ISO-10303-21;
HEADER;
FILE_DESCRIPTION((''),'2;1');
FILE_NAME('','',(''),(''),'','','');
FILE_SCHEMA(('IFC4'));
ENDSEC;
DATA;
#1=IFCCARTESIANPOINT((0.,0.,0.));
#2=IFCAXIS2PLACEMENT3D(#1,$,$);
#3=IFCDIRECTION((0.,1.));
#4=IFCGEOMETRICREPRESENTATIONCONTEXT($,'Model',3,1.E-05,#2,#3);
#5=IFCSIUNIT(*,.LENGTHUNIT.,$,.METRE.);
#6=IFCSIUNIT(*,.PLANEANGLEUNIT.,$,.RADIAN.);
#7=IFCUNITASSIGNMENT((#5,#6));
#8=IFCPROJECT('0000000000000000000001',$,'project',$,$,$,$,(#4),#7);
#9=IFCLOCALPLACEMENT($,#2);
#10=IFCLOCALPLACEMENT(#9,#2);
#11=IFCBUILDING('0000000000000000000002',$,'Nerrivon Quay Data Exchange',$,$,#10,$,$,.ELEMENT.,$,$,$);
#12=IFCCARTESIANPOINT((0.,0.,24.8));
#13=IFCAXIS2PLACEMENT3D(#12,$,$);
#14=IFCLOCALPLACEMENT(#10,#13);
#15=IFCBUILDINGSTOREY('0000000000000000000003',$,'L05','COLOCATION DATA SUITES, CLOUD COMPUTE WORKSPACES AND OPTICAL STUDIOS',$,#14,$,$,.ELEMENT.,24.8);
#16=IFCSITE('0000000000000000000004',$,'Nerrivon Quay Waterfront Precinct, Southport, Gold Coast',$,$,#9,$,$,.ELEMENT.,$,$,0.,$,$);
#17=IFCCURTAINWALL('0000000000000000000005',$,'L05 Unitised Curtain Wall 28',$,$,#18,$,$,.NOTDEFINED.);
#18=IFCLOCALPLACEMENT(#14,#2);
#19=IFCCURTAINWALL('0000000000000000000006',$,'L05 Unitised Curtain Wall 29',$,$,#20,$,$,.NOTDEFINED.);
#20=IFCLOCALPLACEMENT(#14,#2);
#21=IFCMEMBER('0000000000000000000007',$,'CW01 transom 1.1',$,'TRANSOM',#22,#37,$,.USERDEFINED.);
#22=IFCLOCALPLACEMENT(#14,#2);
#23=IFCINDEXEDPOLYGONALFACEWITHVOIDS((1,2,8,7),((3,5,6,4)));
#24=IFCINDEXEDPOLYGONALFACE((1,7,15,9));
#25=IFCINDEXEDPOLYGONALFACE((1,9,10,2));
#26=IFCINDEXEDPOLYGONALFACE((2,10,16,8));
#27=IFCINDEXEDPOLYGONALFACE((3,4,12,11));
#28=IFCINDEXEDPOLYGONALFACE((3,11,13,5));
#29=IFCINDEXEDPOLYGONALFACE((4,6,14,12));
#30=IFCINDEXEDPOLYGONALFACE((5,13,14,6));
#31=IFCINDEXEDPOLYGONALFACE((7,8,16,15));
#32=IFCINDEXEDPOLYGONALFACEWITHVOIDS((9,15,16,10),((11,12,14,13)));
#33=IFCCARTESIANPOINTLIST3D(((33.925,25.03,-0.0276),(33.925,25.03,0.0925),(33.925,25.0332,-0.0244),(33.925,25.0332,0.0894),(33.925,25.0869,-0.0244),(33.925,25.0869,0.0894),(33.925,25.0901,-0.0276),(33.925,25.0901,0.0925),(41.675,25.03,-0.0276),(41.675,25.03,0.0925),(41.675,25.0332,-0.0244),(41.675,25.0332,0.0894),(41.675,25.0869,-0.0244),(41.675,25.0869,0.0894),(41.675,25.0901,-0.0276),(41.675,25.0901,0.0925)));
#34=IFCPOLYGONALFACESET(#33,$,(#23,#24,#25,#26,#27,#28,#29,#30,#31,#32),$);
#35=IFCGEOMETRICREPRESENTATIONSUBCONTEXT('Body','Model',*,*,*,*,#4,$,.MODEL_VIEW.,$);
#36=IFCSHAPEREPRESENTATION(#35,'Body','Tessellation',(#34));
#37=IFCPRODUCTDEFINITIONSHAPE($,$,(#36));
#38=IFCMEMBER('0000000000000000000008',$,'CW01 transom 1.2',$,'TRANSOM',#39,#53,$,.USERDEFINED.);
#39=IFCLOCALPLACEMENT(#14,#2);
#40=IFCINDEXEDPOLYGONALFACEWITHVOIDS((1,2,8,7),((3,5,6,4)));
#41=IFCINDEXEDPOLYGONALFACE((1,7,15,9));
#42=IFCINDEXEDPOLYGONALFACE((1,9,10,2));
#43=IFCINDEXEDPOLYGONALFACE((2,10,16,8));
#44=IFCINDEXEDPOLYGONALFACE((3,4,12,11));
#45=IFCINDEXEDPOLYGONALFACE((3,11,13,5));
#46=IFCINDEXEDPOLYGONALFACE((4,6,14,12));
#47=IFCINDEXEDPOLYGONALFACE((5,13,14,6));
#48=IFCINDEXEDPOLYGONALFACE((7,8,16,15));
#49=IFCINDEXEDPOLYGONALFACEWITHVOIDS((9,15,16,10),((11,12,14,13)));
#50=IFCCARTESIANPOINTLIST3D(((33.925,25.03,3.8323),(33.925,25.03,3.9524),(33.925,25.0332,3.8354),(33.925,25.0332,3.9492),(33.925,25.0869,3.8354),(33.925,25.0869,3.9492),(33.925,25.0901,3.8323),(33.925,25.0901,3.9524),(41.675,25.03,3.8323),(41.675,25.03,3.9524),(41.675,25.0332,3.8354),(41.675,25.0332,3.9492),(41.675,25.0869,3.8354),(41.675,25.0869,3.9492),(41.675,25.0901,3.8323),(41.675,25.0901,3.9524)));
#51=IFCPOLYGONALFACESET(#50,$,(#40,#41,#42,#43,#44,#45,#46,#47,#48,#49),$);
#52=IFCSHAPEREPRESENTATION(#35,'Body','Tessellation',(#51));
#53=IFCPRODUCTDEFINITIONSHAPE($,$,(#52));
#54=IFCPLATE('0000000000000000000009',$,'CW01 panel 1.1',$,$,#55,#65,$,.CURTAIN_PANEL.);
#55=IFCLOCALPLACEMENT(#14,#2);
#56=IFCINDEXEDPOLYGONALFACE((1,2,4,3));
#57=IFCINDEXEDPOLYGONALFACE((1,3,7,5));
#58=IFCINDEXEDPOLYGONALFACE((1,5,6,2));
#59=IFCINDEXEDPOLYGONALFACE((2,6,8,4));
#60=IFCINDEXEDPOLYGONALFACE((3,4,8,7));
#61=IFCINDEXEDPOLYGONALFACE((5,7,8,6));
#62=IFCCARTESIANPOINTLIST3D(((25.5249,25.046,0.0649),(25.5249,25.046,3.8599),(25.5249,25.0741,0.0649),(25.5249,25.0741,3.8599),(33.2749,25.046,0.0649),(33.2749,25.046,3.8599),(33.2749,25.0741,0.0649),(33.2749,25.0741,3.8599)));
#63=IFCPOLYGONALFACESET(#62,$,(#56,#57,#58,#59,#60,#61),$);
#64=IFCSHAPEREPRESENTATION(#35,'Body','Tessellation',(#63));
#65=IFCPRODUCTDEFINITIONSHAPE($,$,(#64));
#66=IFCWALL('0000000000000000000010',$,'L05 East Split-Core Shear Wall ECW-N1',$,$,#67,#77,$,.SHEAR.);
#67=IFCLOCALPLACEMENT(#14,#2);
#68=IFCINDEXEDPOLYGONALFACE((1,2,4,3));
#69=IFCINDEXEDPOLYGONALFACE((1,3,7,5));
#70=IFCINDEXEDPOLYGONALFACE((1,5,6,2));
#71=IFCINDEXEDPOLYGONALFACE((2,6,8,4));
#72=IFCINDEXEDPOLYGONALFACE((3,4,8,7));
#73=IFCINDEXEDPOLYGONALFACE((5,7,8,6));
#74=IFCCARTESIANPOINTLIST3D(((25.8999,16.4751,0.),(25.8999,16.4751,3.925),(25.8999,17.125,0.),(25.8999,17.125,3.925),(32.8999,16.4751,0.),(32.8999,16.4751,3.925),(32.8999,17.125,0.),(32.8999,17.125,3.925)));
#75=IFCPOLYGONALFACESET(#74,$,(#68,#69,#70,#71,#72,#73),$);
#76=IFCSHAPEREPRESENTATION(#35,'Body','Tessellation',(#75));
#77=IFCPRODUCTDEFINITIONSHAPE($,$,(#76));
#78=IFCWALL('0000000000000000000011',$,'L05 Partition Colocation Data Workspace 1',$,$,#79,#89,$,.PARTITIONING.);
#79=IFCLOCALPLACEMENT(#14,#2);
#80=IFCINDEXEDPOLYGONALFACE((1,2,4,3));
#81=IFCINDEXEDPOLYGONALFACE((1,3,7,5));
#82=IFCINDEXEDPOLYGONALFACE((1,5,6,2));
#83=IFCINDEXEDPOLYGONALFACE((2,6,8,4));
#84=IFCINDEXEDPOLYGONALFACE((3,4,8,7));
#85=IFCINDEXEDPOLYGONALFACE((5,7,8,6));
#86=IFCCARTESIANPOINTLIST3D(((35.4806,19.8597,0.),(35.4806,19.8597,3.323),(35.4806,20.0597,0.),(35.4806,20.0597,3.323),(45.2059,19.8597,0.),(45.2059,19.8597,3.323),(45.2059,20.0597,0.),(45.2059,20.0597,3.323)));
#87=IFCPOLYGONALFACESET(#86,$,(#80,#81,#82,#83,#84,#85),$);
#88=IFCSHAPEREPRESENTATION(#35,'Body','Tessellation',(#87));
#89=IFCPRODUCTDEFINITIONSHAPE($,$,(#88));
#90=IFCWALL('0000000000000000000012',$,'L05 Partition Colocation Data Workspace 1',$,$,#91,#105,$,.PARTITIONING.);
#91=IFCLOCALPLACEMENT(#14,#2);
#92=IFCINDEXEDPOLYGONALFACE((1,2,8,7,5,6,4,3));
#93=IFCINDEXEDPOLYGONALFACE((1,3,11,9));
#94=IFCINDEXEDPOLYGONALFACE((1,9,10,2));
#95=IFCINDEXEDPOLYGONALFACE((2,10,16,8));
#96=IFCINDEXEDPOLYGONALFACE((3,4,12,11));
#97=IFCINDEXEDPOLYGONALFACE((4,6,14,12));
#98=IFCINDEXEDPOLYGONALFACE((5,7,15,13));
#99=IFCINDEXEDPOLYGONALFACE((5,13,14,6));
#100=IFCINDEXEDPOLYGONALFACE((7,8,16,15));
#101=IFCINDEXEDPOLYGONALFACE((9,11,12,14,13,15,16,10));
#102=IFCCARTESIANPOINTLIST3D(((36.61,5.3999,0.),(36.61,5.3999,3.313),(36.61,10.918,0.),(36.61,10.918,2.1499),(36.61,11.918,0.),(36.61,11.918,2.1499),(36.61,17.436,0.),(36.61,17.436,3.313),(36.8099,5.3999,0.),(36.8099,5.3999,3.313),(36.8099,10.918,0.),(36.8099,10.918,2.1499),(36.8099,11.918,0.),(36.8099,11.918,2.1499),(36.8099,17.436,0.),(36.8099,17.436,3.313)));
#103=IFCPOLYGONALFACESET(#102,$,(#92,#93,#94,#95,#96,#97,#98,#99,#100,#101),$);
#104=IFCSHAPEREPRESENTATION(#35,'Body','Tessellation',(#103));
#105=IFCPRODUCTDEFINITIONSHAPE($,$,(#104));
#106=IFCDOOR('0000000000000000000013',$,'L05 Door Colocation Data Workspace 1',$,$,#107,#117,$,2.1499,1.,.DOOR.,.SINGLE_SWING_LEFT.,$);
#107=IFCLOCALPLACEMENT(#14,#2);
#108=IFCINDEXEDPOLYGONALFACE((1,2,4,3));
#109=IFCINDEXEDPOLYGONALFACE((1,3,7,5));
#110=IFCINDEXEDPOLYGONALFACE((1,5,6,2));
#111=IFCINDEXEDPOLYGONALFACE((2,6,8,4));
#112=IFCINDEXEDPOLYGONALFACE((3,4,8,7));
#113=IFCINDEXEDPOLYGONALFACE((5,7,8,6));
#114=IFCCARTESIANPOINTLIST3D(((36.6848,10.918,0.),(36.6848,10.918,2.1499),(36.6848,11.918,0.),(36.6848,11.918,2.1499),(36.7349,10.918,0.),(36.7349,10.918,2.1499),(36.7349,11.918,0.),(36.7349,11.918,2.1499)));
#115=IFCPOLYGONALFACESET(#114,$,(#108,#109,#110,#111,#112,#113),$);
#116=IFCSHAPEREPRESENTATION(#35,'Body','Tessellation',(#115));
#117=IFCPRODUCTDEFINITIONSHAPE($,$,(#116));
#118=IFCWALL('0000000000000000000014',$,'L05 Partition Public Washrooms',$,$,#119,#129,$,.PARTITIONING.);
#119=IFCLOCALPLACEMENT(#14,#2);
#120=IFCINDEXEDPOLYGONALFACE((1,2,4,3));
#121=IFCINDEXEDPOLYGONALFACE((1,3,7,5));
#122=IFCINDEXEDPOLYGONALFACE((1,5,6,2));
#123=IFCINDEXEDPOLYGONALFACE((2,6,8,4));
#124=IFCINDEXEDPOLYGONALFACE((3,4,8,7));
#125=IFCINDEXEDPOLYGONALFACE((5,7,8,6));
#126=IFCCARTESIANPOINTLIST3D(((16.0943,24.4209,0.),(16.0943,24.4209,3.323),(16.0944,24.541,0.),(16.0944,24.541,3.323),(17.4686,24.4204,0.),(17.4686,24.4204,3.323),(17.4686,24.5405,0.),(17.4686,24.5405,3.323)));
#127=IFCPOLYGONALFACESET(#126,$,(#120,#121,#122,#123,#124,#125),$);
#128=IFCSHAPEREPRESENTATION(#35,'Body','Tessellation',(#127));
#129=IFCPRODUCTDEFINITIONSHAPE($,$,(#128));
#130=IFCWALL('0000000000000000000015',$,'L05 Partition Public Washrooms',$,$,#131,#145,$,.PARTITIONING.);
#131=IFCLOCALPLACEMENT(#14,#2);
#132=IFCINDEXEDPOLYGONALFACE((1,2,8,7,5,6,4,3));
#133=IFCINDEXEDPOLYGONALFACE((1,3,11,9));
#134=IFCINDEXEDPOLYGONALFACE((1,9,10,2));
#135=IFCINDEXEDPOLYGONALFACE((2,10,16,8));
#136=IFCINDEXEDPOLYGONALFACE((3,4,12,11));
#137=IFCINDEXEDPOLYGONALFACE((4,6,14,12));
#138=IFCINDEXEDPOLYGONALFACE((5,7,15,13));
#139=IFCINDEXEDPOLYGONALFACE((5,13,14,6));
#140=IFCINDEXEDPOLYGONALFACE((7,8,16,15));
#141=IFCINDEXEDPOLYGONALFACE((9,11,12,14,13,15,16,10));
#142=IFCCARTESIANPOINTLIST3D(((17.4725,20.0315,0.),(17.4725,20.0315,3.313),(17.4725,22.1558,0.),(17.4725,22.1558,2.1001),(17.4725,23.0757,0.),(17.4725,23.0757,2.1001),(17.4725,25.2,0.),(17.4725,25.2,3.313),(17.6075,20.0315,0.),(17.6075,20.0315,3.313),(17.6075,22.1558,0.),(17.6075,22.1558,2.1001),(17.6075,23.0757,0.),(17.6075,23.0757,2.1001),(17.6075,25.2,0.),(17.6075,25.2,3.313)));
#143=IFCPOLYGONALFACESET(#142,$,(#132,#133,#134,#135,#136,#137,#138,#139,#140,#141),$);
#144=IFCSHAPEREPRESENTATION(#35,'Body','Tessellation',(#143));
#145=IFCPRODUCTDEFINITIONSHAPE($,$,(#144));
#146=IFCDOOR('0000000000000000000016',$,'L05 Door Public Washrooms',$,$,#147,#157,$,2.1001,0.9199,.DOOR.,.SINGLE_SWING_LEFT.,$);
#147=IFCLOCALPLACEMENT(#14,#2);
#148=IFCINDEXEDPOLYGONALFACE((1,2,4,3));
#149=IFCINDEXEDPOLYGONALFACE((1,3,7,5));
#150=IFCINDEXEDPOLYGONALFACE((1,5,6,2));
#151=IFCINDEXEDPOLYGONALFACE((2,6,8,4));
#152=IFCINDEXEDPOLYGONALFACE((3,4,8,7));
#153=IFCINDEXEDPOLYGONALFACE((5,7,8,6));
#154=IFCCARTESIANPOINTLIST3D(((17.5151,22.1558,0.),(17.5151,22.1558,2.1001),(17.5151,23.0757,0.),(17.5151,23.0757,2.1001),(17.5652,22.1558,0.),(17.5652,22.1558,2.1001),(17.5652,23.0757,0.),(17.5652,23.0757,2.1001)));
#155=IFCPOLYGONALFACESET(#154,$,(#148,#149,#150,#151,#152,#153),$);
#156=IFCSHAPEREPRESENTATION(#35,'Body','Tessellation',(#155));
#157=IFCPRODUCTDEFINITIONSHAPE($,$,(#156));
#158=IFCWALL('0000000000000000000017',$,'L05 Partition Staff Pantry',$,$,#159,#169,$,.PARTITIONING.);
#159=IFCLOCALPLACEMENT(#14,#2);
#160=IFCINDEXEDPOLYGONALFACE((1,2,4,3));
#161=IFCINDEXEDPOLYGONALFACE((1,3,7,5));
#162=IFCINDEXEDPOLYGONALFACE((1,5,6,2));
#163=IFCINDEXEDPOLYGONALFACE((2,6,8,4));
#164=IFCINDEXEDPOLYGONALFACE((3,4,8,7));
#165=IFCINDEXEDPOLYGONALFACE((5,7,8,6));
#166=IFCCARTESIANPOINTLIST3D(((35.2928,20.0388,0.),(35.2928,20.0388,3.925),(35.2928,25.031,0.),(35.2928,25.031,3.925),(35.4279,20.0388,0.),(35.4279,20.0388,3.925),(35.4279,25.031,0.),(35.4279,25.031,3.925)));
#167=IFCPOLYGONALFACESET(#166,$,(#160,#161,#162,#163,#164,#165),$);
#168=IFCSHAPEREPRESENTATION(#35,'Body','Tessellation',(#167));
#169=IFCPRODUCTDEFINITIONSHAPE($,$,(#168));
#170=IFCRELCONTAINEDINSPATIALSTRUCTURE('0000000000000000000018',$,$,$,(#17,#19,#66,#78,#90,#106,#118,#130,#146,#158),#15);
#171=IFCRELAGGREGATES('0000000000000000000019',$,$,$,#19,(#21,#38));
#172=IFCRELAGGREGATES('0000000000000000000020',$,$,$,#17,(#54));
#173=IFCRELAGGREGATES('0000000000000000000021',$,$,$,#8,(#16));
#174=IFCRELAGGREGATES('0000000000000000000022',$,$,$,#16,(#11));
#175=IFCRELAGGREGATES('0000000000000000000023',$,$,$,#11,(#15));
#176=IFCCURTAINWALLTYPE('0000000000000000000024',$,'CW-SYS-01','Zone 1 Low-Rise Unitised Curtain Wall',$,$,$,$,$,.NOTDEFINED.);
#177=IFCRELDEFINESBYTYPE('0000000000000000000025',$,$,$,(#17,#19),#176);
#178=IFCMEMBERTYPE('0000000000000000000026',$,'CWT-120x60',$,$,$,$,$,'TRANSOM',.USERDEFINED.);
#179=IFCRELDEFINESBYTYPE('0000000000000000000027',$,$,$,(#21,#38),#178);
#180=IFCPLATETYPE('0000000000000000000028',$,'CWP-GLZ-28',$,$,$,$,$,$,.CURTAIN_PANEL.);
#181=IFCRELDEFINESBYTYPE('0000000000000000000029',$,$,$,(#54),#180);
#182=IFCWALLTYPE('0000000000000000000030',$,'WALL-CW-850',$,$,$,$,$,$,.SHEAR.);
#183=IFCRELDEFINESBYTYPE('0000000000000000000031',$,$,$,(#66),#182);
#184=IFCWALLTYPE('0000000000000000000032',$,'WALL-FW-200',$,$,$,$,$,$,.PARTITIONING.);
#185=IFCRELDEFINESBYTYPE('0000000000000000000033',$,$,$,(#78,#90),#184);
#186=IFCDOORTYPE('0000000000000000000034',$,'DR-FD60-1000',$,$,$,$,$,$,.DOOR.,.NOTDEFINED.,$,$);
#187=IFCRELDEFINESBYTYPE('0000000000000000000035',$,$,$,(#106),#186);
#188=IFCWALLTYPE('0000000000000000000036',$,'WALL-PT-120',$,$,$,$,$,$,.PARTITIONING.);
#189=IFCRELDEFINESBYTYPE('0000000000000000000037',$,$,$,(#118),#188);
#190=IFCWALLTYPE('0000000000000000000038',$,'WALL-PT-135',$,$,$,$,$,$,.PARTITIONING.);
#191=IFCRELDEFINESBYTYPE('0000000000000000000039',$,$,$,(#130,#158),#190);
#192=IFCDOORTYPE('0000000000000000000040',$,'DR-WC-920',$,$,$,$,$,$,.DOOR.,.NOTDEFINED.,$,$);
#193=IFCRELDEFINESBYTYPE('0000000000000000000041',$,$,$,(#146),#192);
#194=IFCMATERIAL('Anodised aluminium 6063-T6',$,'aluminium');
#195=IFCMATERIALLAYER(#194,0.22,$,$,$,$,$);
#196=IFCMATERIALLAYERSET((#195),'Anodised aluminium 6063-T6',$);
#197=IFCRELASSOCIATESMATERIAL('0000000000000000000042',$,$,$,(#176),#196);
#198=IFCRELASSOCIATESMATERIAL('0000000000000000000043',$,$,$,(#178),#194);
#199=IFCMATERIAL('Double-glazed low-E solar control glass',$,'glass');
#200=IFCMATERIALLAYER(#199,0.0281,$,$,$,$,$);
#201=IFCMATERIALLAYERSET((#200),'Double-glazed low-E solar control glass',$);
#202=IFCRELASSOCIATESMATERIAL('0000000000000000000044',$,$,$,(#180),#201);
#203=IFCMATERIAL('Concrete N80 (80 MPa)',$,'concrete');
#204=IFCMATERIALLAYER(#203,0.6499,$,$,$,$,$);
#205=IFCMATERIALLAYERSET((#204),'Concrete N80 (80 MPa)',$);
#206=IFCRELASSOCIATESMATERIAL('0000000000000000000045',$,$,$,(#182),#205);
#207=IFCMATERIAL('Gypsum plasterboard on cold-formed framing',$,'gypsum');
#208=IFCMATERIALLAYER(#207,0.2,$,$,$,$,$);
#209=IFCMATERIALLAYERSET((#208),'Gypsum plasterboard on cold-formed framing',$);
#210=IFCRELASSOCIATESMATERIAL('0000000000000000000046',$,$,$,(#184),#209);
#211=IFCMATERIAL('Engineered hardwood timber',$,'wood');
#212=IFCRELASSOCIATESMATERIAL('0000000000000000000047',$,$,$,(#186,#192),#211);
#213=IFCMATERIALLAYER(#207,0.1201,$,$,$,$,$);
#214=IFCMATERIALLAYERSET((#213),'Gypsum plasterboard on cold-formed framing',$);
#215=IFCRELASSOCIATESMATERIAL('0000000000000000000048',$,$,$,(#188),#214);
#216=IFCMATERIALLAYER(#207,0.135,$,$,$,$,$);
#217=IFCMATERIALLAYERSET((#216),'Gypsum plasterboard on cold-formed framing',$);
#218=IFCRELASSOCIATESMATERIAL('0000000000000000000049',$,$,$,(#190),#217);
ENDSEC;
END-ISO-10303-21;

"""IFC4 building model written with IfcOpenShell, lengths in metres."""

from ifc_helpers import new_model, si_unit, direction, frame, frame_2d, origin, origin_2d, place, context, subcontext, project, spatial, rectangle, hollow_rectangle, extrude, material, layer, layer_set, material_profile, profile_set, type_object, element, fill, aggregate, save


model = new_model("IFC4")

# Units and contexts
model_context = context("Model", 3, precision=1e-05, world=origin(), true_north=direction((0.0, 1.0)))
body_context = subcontext(model_context, "Body", "Model", "MODEL_VIEW")
ifc_project = project(units=[si_unit("LENGTHUNIT", "METRE"), si_unit("PLANEANGLEUNIT", "RADIAN")], contexts=[model_context])

# Site, building, storey
site_placement = place(None, origin())
site = spatial("IfcSite", under=ifc_project, at=site_placement, Name="Nerrivon Quay Waterfront Precinct, Southport, Gold Coast", CompositionType="ELEMENT", RefElevation=0.0)
building_placement = place(site_placement, origin())
building = spatial("IfcBuilding", under=site, at=building_placement, Name="Nerrivon Quay Data Exchange", CompositionType="ELEMENT")
storey_placement = place(building_placement, frame((0.0, 0.0, 24.8)))
storey = spatial("IfcBuildingStorey", under=building, at=storey_placement, Name="L05", Description="COLOCATION DATA SUITES, CLOUD COMPUTE WORKSPACES AND OPTICAL STUDIOS", CompositionType="ELEMENT", Elevation=24.8)

# Shared definitions
ifc_material_1 = material(Name="Concrete N80 (80 MPa)", Category="concrete")

# Curtain wall
ifc_material_2 = material(Name="Anodised aluminium 6063-T6", Category="aluminium")
ifc_layer_1 = layer(ifc_material_2, 0.22)
ifc_layer_set_1 = layer_set([ifc_layer_1], Name="Anodised aluminium 6063-T6")
curtain_wall_type = type_object("IfcCurtainWallType", Name="CW-SYS-01", Description="Zone 1 Low-Rise Unitised Curtain Wall", PredefinedType="NOTDEFINED", material=ifc_layer_set_1)
curtain_wall_1_placement = place(storey_placement, origin())
curtain_wall_1 = element("IfcCurtainWall", 1, at=curtain_wall_1_placement, inside=storey, type_object=curtain_wall_type, Name="L05 Unitised Curtain Wall 28", PredefinedType="NOTDEFINED")

# Curtain wall
curtain_wall_2_placement = place(storey_placement, origin())
curtain_wall_2 = element("IfcCurtainWall", 2, at=curtain_wall_2_placement, inside=storey, type_object=curtain_wall_type, Name="L05 Unitised Curtain Wall 29", PredefinedType="NOTDEFINED")

# Members
ifc_material_profile_1 = material_profile(ifc_material_2, hollow_rectangle(XDim=0.0601, YDim=0.1201, WallThickness=0.0032, at=origin_2d()), Name="ALU-TRAN-120x60")
ifc_profile_set_1 = profile_set([ifc_material_profile_1], Name="Anodised aluminium 6063-T6")
member_type_1 = type_object("IfcMemberType", Name="CWT-120x60", ElementType="TRANSOM", PredefinedType="USERDEFINED", material=ifc_profile_set_1)
member_1_placement = place(storey_placement, frame((33.925, 25.0601, 0.0325), z_axis=(1.0, 0.0, 0.0), x_axis=(0.0, 1.0, 0.0)))
member_1 = element("IfcMember", 3, at=member_1_placement, type_object=member_type_1, Name="CW01 transom 1.1", ObjectType="TRANSOM", PredefinedType="USERDEFINED", context=body_context, shape_type="SweptSolid", body=[
    extrude(hollow_rectangle(XDim=0.0601, YDim=0.1201, WallThickness=0.0032, at=origin_2d()), origin(), (0.0, 0.0, 1.0), 7.75),
])
member_2_placement = place(storey_placement, frame((33.925, 25.0601, 3.8923), z_axis=(1.0, 0.0, 0.0), x_axis=(0.0, 1.0, 0.0)))
member_2 = element("IfcMember", 4, at=member_2_placement, type_object=member_type_1, Name="CW01 transom 1.2", ObjectType="TRANSOM", PredefinedType="USERDEFINED", context=body_context, shape_type="SweptSolid", body=[
    extrude(hollow_rectangle(XDim=0.0601, YDim=0.1201, WallThickness=0.0032, at=origin_2d()), origin(), (0.0, 0.0, 1.0), 7.75),
])
aggregate(curtain_wall_2, [member_1, member_2])

# Plate
ifc_material_3 = material(Name="Double-glazed low-E solar control glass", Category="glass")
ifc_layer_2 = layer(ifc_material_3, 0.0281)
ifc_layer_set_2 = layer_set([ifc_layer_2], Name="Double-glazed low-E solar control glass")
plate_type = type_object("IfcPlateType", Name="CWP-GLZ-28", PredefinedType="CURTAIN_PANEL", material=ifc_layer_set_2)
plate_placement = place(storey_placement, frame((29.3999, 25.0601, 0.0649), z_axis=(0.0, 0.0, 1.0), x_axis=(1.0, 0.0, 0.0)))
plate = element("IfcPlate", 5, at=plate_placement, type_object=plate_type, Name="CW01 panel 1.1", PredefinedType="CURTAIN_PANEL", context=body_context, shape_type="SweptSolid", body=[
    extrude(rectangle(XDim=7.75, YDim=0.0281, at=origin_2d()), origin(), (0.0, 0.0, 1.0), 3.7949),
])
aggregate(curtain_wall_1, [plate])

# Walls
ifc_layer_3 = layer(ifc_material_1, 0.6499)
ifc_layer_set_3 = layer_set([ifc_layer_3], Name="Concrete N80 (80 MPa)")
wall_type_1 = type_object("IfcWallType", Name="WALL-CW-850", PredefinedType="SHEAR", material=ifc_layer_set_3)
wall_1_placement = place(storey_placement, frame((25.8999, 16.8, 0.0), z_axis=(0.0, 0.0, 1.0), x_axis=(1.0, 0.0, 0.0)))
element("IfcWall", 6, at=wall_1_placement, inside=storey, type_object=wall_type_1, Name="L05 East Split-Core Shear Wall ECW-N1", PredefinedType="SHEAR", context=body_context, shape_type="SweptSolid", body=[
    extrude(rectangle(XDim=7.0, YDim=0.6499, at=frame_2d((3.5, 0.0))), origin(), (0.0, 0.0, 1.0), 3.925),
])
ifc_material_4 = material(Name="Gypsum plasterboard on cold-formed framing", Category="gypsum")
ifc_layer_4 = layer(ifc_material_4, 0.2)
ifc_layer_set_4 = layer_set([ifc_layer_4], Name="Gypsum plasterboard on cold-formed framing")
wall_type_2 = type_object("IfcWallType", Name="WALL-FW-200", PredefinedType="PARTITIONING", material=ifc_layer_set_4)
wall_2_placement = place(storey_placement, frame((35.4805, 19.9597, 0.0), z_axis=(0.0, 0.0, 1.0), x_axis=(1.0, 0.0, 0.0)))
element("IfcWall", 7, at=wall_2_placement, inside=storey, type_object=wall_type_2, Name="L05 Partition Colocation Data Workspace 1", PredefinedType="PARTITIONING", context=body_context, shape_type="SweptSolid", body=[
    extrude(rectangle(XDim=9.7253, YDim=0.2, at=frame_2d((4.8628, 0.0))), origin(), (0.0, 0.0, 1.0), 3.323),
])

# Wall, opening, door
wall_3_placement = place(storey_placement, frame((36.71, 17.436, 0.0), z_axis=(0.0, 0.0, 1.0), x_axis=(0.0, -1.0, 0.0)))
wall_3 = element("IfcWall", 8, at=wall_3_placement, inside=storey, type_object=wall_type_2, Name="L05 Partition Colocation Data Workspace 1", PredefinedType="PARTITIONING", context=body_context, shape_type="SweptSolid", body=[
    extrude(rectangle(XDim=12.0361, YDim=0.2, at=frame_2d((6.0181, 0.0))), origin(), (0.0, 0.0, 1.0), 3.313),
])
opening_1_placement = place(wall_3_placement, frame((5.5181, 0.0, 0.0)))
opening_1 = element("IfcOpeningElement", 9, at=opening_1_placement, cuts=wall_3, PredefinedType="OPENING", context=body_context, shape_type="SweptSolid", body=[
    extrude(rectangle(XDim=1.0, YDim=2.1499, at=frame_2d((0.5, 1.075))), frame((0.0, 0.1099, 0.0), z_axis=(0.0, -1.0, 0.0), x_axis=(1.0, 0.0, 0.0)), (0.0, 0.0, 1.0), 0.22),
])
ifc_material_5 = material(Name="Engineered hardwood timber", Category="wood")
door_type_1 = type_object("IfcDoorType", Name="DR-FD60-1000", OperationType="NOTDEFINED", PredefinedType="DOOR", material=ifc_material_5)
door_1_placement = place(opening_1_placement, origin())
door_1 = element("IfcDoor", 10, at=door_1_placement, inside=storey, type_object=door_type_1, Name="L05 Door Colocation Data Workspace 1", OperationType="SINGLE_SWING_LEFT", OverallHeight=2.1499, OverallWidth=1.0, PredefinedType="DOOR", context=body_context, shape_type="SweptSolid", body=[
    extrude(rectangle(XDim=1.0, YDim=2.1499, at=frame_2d((0.5, 1.075))), frame((0.0, 0.0249, 0.0), z_axis=(0.0, -1.0, 0.0), x_axis=(1.0, 0.0, 0.0)), (0.0, 0.0, 1.0), 0.05),
])
fill(opening_1, door_1)

# Wall
ifc_layer_5 = layer(ifc_material_4, 0.1201)
ifc_layer_set_5 = layer_set([ifc_layer_5], Name="Gypsum plasterboard on cold-formed framing")
wall_type_3 = type_object("IfcWallType", Name="WALL-PT-120", PredefinedType="PARTITIONING", material=ifc_layer_set_5)
wall_4_placement = place(storey_placement, frame((17.4685, 24.4805, 0.0), z_axis=(0.0, 0.0, 1.0), x_axis=(-1.0, 0.000355, 0.0)))
element("IfcWall", 11, at=wall_4_placement, inside=storey, type_object=wall_type_3, Name="L05 Partition Public Washrooms", PredefinedType="PARTITIONING", context=body_context, shape_type="SweptSolid", body=[
    extrude(rectangle(XDim=1.3743, YDim=0.1201, at=frame_2d((0.687, 0.0))), origin(), (0.0, 0.0, 1.0), 3.323),
])

# Wall, opening, door
ifc_layer_6 = layer(ifc_material_4, 0.135)
ifc_layer_set_6 = layer_set([ifc_layer_6], Name="Gypsum plasterboard on cold-formed framing")
wall_type_4 = type_object("IfcWallType", Name="WALL-PT-135", PredefinedType="PARTITIONING", material=ifc_layer_set_6)
wall_5_placement = place(storey_placement, frame((17.54, 20.0315, 0.0), z_axis=(0.0, 0.0, 1.0), x_axis=(0.0, 1.0, 0.0)))
wall_5 = element("IfcWall", 12, at=wall_5_placement, inside=storey, type_object=wall_type_4, Name="L05 Partition Public Washrooms", PredefinedType="PARTITIONING", context=body_context, shape_type="SweptSolid", body=[
    extrude(rectangle(XDim=5.1685, YDim=0.135, at=frame_2d((2.5842, 0.0))), origin(), (0.0, 0.0, 1.0), 3.313),
])
opening_2_placement = place(wall_5_placement, frame((2.1243, 0.0, 0.0)))
opening_2 = element("IfcOpeningElement", 13, at=opening_2_placement, cuts=wall_5, PredefinedType="OPENING", context=body_context, shape_type="SweptSolid", body=[
    extrude(rectangle(XDim=0.9199, YDim=2.1001, at=frame_2d((0.46, 1.05))), frame((0.0, 0.0774, 0.0), z_axis=(0.0, -1.0, 0.0), x_axis=(1.0, 0.0, 0.0)), (0.0, 0.0, 1.0), 0.155),
])
door_type_2 = type_object("IfcDoorType", Name="DR-WC-920", OperationType="NOTDEFINED", PredefinedType="DOOR", material=ifc_material_5)
door_2_placement = place(opening_2_placement, origin())
door_2 = element("IfcDoor", 14, at=door_2_placement, inside=storey, type_object=door_type_2, Name="L05 Door Public Washrooms", OperationType="SINGLE_SWING_LEFT", OverallHeight=2.1001, OverallWidth=0.9199, PredefinedType="DOOR", context=body_context, shape_type="SweptSolid", body=[
    extrude(rectangle(XDim=0.9199, YDim=2.1001, at=frame_2d((0.46, 1.05))), frame((0.0, 0.0249, 0.0), z_axis=(0.0, -1.0, 0.0), x_axis=(1.0, 0.0, 0.0)), (0.0, 0.0, 1.0), 0.05),
])
fill(opening_2, door_2)

# Wall
wall_6_placement = place(storey_placement, frame((35.3604, 20.0388, 0.0), z_axis=(0.0, 0.0, 1.0), x_axis=(0.0, 1.0, 0.0)))
element("IfcWall", 15, at=wall_6_placement, inside=storey, type_object=wall_type_4, Name="L05 Partition Staff Pantry", PredefinedType="PARTITIONING", context=body_context, shape_type="SweptSolid", body=[
    extrude(rectangle(XDim=4.9922, YDim=0.135, at=frame_2d((2.4961, 0.0))), origin(), (0.0, 0.0, 1.0), 3.925),
])

save(model, "model.ifc")
